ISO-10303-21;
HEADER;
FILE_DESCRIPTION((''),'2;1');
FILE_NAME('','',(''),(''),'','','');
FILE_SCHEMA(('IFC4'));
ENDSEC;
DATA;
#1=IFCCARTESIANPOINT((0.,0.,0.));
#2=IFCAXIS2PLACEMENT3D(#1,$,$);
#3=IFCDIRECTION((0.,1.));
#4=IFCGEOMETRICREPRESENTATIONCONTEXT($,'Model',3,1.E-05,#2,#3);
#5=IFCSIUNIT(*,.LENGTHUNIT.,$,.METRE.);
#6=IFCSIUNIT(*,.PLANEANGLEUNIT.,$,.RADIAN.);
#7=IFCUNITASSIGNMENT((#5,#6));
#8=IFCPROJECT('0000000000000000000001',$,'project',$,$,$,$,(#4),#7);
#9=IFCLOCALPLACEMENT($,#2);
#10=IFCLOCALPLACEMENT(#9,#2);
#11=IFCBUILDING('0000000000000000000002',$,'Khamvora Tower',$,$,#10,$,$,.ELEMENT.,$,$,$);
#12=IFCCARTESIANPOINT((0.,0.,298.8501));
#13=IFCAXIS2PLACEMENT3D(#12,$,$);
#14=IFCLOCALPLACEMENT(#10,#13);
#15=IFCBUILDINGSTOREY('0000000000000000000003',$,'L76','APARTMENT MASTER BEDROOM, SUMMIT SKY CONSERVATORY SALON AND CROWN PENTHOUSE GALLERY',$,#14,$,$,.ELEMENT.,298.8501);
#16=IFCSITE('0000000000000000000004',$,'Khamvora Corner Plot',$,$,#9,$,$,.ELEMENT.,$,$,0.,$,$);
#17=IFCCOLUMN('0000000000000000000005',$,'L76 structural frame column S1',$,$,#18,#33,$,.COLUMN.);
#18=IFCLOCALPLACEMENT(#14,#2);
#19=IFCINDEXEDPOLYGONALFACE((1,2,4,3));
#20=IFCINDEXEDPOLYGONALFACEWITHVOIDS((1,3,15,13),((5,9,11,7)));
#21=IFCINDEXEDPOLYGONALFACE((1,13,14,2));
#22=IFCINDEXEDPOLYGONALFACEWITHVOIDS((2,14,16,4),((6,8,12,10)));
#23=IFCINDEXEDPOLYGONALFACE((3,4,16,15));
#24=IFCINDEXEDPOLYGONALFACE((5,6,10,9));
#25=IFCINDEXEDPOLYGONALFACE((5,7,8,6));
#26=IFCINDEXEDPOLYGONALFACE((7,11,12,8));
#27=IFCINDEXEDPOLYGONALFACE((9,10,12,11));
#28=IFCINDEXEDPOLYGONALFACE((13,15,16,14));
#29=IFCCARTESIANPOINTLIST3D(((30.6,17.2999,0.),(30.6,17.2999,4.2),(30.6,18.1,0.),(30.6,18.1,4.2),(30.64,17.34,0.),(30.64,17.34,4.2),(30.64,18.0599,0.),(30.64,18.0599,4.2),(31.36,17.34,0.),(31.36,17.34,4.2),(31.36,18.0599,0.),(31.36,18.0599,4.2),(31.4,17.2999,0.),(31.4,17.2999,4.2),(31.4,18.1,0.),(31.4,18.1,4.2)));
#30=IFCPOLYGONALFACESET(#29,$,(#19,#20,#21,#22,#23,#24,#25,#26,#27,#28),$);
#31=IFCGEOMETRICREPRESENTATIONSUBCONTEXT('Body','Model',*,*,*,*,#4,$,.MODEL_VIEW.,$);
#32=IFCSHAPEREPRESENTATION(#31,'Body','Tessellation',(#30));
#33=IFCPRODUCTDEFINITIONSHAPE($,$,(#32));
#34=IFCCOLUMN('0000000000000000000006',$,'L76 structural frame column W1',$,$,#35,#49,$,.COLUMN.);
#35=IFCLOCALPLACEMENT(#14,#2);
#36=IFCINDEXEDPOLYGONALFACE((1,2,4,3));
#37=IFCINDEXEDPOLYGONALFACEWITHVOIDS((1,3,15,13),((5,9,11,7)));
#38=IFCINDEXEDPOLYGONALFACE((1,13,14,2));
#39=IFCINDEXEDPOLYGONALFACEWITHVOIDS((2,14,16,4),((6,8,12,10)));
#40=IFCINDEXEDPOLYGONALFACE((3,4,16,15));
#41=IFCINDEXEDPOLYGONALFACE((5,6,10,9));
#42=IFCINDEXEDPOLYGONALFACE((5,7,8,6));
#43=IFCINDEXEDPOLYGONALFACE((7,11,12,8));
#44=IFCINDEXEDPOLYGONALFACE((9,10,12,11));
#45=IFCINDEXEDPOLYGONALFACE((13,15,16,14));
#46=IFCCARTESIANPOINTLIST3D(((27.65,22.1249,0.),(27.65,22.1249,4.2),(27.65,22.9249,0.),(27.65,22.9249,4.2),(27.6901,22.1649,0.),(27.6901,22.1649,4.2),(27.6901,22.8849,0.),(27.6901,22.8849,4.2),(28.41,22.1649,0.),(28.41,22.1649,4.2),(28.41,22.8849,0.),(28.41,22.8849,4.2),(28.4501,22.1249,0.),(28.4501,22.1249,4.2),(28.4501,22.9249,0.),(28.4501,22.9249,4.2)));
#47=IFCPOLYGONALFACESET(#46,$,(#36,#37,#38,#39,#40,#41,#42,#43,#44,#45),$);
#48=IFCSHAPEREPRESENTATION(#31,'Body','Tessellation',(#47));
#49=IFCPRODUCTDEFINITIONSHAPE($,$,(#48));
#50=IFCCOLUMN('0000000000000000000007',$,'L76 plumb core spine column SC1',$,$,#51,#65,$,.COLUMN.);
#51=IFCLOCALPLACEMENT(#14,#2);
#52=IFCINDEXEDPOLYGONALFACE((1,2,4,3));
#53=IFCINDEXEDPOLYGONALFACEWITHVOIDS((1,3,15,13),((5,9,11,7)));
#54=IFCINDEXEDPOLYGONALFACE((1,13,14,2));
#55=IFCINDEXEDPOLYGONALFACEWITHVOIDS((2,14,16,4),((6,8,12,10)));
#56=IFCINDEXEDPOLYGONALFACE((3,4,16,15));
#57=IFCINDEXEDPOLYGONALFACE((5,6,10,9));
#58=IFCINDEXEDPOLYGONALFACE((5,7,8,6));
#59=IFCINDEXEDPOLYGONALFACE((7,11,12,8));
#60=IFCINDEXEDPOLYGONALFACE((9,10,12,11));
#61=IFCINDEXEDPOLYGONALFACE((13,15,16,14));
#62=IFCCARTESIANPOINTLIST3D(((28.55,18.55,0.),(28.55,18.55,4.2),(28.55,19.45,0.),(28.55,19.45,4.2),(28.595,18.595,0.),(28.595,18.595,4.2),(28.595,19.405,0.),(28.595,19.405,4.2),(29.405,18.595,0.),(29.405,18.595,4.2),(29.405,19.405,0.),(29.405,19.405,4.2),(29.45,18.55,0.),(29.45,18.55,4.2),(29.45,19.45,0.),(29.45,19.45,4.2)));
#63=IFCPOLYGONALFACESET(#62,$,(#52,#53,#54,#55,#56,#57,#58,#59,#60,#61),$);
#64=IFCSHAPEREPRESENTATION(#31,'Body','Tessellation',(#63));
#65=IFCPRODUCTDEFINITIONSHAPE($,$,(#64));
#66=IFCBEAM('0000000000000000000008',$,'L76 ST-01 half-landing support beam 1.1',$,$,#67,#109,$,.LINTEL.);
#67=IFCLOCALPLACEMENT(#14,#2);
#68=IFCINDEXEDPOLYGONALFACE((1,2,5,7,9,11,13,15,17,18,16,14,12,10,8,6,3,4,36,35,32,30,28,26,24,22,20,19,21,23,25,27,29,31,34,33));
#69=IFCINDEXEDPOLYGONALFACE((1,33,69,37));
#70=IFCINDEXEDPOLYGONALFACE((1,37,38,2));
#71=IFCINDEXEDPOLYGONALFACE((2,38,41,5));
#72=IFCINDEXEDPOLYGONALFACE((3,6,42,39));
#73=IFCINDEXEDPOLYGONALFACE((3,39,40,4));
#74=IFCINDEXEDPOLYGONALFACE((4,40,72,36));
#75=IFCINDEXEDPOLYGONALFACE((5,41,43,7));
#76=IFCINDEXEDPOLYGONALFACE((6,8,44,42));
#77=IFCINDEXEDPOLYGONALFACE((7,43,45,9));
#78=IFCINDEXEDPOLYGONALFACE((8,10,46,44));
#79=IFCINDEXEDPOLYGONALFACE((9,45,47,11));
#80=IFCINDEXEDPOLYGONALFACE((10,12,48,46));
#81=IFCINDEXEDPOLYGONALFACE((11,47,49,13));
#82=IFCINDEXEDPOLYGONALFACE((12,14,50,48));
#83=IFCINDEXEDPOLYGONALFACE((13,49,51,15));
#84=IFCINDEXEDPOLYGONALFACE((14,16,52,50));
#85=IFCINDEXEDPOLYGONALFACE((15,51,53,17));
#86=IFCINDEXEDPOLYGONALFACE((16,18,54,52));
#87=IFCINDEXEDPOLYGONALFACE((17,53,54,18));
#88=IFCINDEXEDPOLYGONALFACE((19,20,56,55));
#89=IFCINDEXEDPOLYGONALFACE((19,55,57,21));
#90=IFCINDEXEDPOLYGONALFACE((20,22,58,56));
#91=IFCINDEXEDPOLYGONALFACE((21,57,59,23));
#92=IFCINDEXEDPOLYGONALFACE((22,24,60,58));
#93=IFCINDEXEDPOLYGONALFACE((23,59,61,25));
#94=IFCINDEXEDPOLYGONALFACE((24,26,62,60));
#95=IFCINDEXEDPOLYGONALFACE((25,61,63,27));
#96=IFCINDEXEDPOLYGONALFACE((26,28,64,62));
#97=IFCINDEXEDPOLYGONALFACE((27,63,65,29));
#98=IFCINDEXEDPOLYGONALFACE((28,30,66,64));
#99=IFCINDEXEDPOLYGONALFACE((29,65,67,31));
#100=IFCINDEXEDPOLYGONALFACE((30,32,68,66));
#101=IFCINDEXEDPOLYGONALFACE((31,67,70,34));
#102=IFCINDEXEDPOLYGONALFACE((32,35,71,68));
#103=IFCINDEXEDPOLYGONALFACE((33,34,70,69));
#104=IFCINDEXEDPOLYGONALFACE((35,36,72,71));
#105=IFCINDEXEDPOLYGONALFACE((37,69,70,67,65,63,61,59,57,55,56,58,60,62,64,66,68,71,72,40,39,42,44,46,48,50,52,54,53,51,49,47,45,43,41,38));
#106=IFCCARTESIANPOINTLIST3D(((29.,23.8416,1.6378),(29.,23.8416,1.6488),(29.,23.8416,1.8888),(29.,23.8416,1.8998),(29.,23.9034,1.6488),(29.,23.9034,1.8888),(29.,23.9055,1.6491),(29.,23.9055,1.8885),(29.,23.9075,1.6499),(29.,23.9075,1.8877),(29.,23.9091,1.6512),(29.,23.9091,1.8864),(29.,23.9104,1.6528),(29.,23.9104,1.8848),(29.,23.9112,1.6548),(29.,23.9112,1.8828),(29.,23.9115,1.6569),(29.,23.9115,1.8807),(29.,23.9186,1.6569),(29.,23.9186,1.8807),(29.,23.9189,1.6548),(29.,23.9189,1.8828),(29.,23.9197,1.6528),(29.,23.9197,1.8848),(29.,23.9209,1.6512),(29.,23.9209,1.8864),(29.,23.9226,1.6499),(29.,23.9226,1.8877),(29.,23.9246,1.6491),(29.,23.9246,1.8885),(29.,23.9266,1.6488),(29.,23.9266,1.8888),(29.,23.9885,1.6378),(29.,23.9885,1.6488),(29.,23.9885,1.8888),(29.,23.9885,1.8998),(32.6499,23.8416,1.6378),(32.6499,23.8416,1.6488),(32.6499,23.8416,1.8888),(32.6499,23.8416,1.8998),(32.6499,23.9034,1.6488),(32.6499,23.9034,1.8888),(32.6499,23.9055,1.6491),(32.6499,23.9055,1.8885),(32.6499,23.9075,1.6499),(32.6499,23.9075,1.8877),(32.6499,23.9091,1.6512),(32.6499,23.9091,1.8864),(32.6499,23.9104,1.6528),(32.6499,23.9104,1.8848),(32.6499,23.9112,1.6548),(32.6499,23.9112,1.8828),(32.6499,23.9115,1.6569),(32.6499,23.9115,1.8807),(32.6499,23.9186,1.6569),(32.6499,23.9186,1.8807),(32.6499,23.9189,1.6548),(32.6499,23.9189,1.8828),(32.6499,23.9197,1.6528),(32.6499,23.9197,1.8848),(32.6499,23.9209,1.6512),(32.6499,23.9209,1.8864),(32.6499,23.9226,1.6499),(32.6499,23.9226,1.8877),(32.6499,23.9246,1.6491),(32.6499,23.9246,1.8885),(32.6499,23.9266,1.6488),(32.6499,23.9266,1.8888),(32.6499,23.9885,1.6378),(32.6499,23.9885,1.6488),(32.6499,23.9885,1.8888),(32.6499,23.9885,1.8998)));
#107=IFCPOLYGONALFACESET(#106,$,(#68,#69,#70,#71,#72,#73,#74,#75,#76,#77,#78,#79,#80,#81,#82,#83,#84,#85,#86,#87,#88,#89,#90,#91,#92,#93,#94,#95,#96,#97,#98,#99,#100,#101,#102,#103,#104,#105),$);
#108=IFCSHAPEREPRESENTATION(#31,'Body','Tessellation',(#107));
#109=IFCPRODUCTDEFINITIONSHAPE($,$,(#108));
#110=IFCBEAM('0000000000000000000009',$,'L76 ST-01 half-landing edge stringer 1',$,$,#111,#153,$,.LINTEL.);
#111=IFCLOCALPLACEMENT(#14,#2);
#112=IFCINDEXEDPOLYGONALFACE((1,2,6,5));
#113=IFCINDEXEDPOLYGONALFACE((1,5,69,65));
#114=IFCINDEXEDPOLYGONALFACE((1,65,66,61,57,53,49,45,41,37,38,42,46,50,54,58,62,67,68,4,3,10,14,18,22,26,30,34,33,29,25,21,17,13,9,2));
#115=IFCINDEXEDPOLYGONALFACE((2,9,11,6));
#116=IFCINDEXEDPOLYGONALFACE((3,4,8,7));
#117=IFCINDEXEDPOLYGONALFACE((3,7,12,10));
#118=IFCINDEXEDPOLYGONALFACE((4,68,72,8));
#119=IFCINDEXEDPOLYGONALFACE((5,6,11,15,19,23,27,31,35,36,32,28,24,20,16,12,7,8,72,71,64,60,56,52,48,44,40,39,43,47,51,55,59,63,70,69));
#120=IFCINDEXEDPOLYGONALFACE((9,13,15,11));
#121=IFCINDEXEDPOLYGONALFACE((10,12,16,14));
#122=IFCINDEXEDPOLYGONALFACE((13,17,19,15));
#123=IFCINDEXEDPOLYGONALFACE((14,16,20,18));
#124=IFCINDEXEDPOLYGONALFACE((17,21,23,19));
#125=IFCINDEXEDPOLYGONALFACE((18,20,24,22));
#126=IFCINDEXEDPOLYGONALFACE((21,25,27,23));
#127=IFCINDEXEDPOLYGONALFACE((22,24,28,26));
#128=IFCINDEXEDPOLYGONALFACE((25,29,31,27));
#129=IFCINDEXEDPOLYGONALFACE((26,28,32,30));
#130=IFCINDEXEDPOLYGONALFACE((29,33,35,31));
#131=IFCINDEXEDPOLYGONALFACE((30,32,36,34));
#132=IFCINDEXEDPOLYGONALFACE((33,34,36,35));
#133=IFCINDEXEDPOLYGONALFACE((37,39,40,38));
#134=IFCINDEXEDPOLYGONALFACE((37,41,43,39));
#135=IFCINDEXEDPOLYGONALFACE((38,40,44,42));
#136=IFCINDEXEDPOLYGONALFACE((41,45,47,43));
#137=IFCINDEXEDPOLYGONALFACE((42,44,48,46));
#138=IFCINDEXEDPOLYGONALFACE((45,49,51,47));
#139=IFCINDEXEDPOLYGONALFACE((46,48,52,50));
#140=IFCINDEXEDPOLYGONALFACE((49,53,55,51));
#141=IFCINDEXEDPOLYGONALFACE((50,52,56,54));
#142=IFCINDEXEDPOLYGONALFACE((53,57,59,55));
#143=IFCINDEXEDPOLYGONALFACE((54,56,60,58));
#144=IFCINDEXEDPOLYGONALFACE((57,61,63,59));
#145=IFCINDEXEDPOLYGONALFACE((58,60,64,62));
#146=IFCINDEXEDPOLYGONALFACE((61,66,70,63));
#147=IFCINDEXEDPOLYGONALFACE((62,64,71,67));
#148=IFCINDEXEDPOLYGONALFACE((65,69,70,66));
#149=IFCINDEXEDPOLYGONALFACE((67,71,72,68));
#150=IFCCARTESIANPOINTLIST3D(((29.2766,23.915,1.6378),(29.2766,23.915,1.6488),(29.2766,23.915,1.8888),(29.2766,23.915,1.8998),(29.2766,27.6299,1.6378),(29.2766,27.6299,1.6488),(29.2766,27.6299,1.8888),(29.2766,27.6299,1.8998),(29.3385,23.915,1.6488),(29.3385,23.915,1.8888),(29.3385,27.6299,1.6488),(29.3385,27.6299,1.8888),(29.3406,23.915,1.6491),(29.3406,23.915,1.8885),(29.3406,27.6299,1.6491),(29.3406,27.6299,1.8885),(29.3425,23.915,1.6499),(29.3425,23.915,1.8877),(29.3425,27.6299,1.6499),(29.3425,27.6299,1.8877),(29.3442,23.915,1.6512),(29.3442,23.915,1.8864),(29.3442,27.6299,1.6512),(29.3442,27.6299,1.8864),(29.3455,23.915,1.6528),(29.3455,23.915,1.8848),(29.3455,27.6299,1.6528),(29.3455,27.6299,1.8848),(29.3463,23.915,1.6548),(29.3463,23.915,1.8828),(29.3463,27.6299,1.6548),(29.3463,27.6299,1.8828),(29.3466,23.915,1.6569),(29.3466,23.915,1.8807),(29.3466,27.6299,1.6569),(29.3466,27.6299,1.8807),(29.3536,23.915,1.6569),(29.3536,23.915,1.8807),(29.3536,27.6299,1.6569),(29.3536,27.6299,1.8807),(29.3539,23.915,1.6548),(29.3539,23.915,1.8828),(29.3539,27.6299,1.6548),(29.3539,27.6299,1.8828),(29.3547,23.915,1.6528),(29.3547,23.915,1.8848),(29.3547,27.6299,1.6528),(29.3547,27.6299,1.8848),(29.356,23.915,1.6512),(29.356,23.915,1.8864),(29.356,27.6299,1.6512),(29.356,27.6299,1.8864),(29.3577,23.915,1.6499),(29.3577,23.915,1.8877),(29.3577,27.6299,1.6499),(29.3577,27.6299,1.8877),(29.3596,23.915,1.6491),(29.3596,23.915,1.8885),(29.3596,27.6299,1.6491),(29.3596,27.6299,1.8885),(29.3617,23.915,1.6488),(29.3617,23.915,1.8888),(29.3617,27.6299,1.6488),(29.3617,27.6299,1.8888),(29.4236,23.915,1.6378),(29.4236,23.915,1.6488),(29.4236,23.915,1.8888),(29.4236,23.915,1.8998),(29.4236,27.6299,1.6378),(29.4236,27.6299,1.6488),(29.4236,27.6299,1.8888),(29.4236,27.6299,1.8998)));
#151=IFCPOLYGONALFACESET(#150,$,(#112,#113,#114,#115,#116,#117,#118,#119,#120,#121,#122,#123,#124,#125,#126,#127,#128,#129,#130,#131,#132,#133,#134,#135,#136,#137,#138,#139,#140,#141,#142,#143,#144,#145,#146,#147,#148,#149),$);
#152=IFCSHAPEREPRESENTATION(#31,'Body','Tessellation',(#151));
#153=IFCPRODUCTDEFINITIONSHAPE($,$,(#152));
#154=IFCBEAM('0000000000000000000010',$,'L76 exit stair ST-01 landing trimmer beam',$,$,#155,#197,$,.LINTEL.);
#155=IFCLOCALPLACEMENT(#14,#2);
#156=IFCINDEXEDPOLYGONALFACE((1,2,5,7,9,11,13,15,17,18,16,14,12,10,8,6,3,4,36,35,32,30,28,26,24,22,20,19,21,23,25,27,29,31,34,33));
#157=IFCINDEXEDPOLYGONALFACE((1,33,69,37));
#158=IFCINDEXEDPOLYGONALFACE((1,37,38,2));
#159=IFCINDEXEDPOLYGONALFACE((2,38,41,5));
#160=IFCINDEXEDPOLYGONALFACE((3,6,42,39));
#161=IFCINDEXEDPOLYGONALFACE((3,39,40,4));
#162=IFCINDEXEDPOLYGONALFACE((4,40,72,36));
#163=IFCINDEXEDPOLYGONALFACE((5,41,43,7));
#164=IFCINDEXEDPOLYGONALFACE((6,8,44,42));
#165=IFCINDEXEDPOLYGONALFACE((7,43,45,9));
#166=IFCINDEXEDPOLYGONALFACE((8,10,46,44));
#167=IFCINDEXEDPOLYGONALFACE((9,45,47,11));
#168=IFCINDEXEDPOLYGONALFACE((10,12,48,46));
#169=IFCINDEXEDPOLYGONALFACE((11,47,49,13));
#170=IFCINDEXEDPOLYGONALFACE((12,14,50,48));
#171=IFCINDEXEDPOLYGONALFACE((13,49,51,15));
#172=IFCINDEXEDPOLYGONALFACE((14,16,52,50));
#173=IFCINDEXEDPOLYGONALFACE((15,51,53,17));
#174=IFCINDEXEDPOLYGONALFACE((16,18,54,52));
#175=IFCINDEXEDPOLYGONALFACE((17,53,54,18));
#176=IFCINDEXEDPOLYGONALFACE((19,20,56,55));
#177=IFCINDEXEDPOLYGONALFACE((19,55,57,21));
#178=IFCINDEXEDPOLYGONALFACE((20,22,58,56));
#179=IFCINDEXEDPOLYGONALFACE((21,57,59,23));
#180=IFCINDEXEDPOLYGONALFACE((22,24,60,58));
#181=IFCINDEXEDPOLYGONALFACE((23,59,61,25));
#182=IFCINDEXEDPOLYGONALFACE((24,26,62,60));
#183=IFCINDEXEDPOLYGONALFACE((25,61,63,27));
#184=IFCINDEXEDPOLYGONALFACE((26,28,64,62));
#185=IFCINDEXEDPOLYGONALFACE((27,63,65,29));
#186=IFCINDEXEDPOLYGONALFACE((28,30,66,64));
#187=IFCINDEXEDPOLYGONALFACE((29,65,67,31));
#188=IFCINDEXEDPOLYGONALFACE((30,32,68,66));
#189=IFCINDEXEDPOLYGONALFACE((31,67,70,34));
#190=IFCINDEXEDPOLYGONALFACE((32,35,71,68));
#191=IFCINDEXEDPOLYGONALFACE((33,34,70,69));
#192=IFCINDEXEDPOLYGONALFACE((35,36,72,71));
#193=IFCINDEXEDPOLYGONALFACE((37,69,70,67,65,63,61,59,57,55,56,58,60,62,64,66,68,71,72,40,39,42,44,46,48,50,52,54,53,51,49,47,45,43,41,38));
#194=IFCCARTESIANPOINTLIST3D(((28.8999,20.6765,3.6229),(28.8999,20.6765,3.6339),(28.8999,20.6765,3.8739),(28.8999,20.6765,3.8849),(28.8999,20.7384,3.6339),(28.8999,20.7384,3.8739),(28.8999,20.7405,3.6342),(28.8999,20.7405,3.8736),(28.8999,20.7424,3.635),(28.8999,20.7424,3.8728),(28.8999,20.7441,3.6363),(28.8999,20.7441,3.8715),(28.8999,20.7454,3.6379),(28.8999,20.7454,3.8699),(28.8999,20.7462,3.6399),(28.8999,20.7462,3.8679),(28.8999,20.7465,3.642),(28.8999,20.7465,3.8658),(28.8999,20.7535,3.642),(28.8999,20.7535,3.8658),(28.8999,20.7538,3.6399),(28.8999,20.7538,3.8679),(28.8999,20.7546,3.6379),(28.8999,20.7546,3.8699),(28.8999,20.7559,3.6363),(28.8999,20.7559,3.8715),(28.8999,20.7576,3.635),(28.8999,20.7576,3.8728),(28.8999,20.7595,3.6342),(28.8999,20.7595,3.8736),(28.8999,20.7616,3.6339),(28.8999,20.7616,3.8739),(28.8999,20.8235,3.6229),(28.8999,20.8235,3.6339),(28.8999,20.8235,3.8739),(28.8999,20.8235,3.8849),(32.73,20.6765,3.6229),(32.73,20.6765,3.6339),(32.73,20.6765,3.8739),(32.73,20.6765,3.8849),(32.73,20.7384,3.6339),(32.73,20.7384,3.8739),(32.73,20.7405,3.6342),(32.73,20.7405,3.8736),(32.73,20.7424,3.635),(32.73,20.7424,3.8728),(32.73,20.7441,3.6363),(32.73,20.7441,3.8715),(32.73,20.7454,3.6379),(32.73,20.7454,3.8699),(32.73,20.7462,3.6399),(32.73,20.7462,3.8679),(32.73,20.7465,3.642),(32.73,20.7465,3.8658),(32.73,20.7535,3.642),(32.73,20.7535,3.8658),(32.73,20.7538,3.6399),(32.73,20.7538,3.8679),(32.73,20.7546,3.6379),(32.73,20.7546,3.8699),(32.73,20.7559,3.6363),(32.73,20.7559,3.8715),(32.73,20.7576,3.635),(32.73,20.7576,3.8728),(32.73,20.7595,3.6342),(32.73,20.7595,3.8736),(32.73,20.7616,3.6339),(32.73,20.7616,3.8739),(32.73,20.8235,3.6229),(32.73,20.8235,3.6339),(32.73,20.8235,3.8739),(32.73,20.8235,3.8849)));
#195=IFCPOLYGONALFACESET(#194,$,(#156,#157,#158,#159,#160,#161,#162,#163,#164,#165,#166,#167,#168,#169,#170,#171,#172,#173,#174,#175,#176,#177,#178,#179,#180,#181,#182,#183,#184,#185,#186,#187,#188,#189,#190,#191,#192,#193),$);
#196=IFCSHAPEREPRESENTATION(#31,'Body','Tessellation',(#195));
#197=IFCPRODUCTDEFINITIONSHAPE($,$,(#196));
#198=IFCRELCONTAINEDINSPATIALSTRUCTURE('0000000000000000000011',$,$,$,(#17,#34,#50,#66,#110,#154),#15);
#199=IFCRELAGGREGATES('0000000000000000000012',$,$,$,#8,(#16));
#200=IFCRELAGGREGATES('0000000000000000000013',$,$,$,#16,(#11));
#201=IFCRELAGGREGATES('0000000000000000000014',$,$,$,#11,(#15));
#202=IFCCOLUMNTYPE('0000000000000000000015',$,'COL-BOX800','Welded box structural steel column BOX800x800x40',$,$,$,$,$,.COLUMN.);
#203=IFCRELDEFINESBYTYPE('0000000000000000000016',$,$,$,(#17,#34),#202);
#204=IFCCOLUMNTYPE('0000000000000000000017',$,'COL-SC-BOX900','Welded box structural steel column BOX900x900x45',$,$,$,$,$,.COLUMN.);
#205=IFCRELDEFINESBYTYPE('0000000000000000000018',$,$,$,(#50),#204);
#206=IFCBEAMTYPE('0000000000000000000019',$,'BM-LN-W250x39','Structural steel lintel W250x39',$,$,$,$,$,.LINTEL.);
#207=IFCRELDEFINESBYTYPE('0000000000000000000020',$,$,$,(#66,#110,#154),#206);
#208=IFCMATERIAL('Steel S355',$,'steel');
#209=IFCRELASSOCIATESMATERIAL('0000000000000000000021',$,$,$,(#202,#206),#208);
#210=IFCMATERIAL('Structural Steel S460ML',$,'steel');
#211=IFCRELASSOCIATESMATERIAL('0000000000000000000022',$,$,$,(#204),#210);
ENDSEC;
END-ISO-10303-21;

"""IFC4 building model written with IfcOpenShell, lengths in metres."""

from ifc_helpers import new_model, si_unit, direction, frame, origin, origin_2d, place, context, subcontext, project, spatial, hollow_rectangle, i_section, extrude, material, material_profile, profile_set, type_object, element, save


model = new_model("IFC4")

# Units and contexts
model_context = context("Model", 3, precision=1e-05, world=origin(), true_north=direction((0.0, 1.0)))
body_context = subcontext(model_context, "Body", "Model", "MODEL_VIEW")
ifc_project = project(units=[si_unit("LENGTHUNIT", "METRE"), si_unit("PLANEANGLEUNIT", "RADIAN")], contexts=[model_context])

# Site, building, storey
site_placement = place(None, origin())
site = spatial("IfcSite", under=ifc_project, at=site_placement, Name="Khamvora Corner Plot", CompositionType="ELEMENT", RefElevation=0.0)
building_placement = place(site_placement, origin())
building = spatial("IfcBuilding", under=site, at=building_placement, Name="Khamvora Tower", CompositionType="ELEMENT")
storey_placement = place(building_placement, frame((0.0, 0.0, 298.8501)))
storey = spatial("IfcBuildingStorey", under=building, at=storey_placement, Name="L76", Description="APARTMENT MASTER BEDROOM, SUMMIT SKY CONSERVATORY SALON AND CROWN PENTHOUSE GALLERY", CompositionType="ELEMENT", Elevation=298.8501)

# Columns
ifc_material_1 = material(Name="Steel S355", Category="steel")
ifc_material_profile_1 = material_profile(ifc_material_1, hollow_rectangle(XDim=0.8, YDim=0.8, WallThickness=0.04, at=origin_2d()), Name="BOX800x800x40")
ifc_profile_set_1 = profile_set([ifc_material_profile_1], Name="Steel S355")
column_type_1 = type_object("IfcColumnType", Name="COL-BOX800", Description="Welded box structural steel column BOX800x800x40", PredefinedType="COLUMN", material=ifc_profile_set_1)
for number, where, z_axis, x_axis, name in (
    (1, (31.0, 17.7, 0.0), (0.0, 0.0, 1.0), (1.0, 0.0, 0.0), "L76 structural frame column S1"),
    (2, (28.05, 22.5249, 0.0), (0.0, 0.0, 1.0), (1.0, 0.0, 0.0), "L76 structural frame column W1"),
):
    element("IfcColumn", number, at=place(storey_placement, frame(where, z_axis=z_axis, x_axis=x_axis)), inside=storey, type_object=column_type_1, Name=name, PredefinedType="COLUMN", context=body_context, shape_type="SweptSolid", body=[
        extrude(hollow_rectangle(XDim=0.8, YDim=0.8, WallThickness=0.04, at=origin_2d()), origin(), (0.0, 0.0, 1.0), 4.2),
    ])
ifc_material_2 = material(Name="Structural Steel S460ML", Category="steel")
ifc_material_profile_2 = material_profile(ifc_material_2, hollow_rectangle(XDim=0.8999, YDim=0.8999, WallThickness=0.0449, at=origin_2d()), Name="BOX900x900x45")
ifc_profile_set_2 = profile_set([ifc_material_profile_2], Name="Structural Steel S460ML")
column_type_2 = type_object("IfcColumnType", Name="COL-SC-BOX900", Description="Welded box structural steel column BOX900x900x45", PredefinedType="COLUMN", material=ifc_profile_set_2)
column_placement = place(storey_placement, frame((29.0, 19.0, 0.0), z_axis=(0.0, 0.0, 1.0), x_axis=(1.0, 0.0, 0.0)))
element("IfcColumn", 3, at=column_placement, inside=storey, type_object=column_type_2, Name="L76 plumb core spine column SC1", PredefinedType="COLUMN", context=body_context, shape_type="SweptSolid", body=[
    extrude(hollow_rectangle(XDim=0.8999, YDim=0.8999, WallThickness=0.0449, at=origin_2d()), origin(), (0.0, 0.0, 1.0), 4.2),
])

# Beams
ifc_material_profile_3 = material_profile(ifc_material_1, i_section(OverallWidth=0.147, OverallDepth=0.262, WebThickness=0.0071, FlangeThickness=0.011, FilletRadius=0.0081, at=origin_2d()), Name="W250x39")
ifc_profile_set_3 = profile_set([ifc_material_profile_3], Name="Steel S355")
beam_type_1 = type_object("IfcBeamType", Name="BM-LN-W250x39", Description="Structural steel lintel W250x39", PredefinedType="LINTEL", material=ifc_profile_set_3)
beam_1_placement = place(storey_placement, frame((29.0, 23.915, 1.7688), z_axis=(1.0, 0.0, 0.0), x_axis=(0.0, 1.0, 0.0)))
element("IfcBeam", 4, at=beam_1_placement, inside=storey, type_object=beam_type_1, Name="L76 ST-01 half-landing support beam 1.1", PredefinedType="LINTEL", context=body_context, shape_type="SweptSolid", body=[
    extrude(i_section(OverallWidth=0.147, OverallDepth=0.262, WebThickness=0.0071, FlangeThickness=0.011, FilletRadius=0.0081, at=origin_2d()), origin(), (0.0, 0.0, 1.0), 3.6499),
])
beam_2_placement = place(storey_placement, frame((29.3501, 23.915, 1.7688), z_axis=(0.0, 1.0, 0.0), x_axis=(-1.0, 0.0, 0.0)))
element("IfcBeam", 5, at=beam_2_placement, inside=storey, type_object=beam_type_1, Name="L76 ST-01 half-landing edge stringer 1", PredefinedType="LINTEL", context=body_context, shape_type="SweptSolid", body=[
    extrude(i_section(OverallWidth=0.147, OverallDepth=0.262, WebThickness=0.0071, FlangeThickness=0.011, FilletRadius=0.0081, at=origin_2d()), origin(), (0.0, 0.0, 1.0), 3.7148),
])
beam_3_placement = place(storey_placement, frame((28.8999, 20.75, 3.7539), z_axis=(1.0, 0.0, 0.0), x_axis=(0.0, 1.0, 0.0)))
element("IfcBeam", 6, at=beam_3_placement, inside=storey, type_object=beam_type_1, Name="L76 exit stair ST-01 landing trimmer beam", PredefinedType="LINTEL", context=body_context, shape_type="SweptSolid", body=[
    extrude(i_section(OverallWidth=0.147, OverallDepth=0.262, WebThickness=0.0071, FlangeThickness=0.011, FilletRadius=0.0081, at=origin_2d()), origin(), (0.0, 0.0, 1.0), 3.8301),
])

save(model, "model.ifc")
